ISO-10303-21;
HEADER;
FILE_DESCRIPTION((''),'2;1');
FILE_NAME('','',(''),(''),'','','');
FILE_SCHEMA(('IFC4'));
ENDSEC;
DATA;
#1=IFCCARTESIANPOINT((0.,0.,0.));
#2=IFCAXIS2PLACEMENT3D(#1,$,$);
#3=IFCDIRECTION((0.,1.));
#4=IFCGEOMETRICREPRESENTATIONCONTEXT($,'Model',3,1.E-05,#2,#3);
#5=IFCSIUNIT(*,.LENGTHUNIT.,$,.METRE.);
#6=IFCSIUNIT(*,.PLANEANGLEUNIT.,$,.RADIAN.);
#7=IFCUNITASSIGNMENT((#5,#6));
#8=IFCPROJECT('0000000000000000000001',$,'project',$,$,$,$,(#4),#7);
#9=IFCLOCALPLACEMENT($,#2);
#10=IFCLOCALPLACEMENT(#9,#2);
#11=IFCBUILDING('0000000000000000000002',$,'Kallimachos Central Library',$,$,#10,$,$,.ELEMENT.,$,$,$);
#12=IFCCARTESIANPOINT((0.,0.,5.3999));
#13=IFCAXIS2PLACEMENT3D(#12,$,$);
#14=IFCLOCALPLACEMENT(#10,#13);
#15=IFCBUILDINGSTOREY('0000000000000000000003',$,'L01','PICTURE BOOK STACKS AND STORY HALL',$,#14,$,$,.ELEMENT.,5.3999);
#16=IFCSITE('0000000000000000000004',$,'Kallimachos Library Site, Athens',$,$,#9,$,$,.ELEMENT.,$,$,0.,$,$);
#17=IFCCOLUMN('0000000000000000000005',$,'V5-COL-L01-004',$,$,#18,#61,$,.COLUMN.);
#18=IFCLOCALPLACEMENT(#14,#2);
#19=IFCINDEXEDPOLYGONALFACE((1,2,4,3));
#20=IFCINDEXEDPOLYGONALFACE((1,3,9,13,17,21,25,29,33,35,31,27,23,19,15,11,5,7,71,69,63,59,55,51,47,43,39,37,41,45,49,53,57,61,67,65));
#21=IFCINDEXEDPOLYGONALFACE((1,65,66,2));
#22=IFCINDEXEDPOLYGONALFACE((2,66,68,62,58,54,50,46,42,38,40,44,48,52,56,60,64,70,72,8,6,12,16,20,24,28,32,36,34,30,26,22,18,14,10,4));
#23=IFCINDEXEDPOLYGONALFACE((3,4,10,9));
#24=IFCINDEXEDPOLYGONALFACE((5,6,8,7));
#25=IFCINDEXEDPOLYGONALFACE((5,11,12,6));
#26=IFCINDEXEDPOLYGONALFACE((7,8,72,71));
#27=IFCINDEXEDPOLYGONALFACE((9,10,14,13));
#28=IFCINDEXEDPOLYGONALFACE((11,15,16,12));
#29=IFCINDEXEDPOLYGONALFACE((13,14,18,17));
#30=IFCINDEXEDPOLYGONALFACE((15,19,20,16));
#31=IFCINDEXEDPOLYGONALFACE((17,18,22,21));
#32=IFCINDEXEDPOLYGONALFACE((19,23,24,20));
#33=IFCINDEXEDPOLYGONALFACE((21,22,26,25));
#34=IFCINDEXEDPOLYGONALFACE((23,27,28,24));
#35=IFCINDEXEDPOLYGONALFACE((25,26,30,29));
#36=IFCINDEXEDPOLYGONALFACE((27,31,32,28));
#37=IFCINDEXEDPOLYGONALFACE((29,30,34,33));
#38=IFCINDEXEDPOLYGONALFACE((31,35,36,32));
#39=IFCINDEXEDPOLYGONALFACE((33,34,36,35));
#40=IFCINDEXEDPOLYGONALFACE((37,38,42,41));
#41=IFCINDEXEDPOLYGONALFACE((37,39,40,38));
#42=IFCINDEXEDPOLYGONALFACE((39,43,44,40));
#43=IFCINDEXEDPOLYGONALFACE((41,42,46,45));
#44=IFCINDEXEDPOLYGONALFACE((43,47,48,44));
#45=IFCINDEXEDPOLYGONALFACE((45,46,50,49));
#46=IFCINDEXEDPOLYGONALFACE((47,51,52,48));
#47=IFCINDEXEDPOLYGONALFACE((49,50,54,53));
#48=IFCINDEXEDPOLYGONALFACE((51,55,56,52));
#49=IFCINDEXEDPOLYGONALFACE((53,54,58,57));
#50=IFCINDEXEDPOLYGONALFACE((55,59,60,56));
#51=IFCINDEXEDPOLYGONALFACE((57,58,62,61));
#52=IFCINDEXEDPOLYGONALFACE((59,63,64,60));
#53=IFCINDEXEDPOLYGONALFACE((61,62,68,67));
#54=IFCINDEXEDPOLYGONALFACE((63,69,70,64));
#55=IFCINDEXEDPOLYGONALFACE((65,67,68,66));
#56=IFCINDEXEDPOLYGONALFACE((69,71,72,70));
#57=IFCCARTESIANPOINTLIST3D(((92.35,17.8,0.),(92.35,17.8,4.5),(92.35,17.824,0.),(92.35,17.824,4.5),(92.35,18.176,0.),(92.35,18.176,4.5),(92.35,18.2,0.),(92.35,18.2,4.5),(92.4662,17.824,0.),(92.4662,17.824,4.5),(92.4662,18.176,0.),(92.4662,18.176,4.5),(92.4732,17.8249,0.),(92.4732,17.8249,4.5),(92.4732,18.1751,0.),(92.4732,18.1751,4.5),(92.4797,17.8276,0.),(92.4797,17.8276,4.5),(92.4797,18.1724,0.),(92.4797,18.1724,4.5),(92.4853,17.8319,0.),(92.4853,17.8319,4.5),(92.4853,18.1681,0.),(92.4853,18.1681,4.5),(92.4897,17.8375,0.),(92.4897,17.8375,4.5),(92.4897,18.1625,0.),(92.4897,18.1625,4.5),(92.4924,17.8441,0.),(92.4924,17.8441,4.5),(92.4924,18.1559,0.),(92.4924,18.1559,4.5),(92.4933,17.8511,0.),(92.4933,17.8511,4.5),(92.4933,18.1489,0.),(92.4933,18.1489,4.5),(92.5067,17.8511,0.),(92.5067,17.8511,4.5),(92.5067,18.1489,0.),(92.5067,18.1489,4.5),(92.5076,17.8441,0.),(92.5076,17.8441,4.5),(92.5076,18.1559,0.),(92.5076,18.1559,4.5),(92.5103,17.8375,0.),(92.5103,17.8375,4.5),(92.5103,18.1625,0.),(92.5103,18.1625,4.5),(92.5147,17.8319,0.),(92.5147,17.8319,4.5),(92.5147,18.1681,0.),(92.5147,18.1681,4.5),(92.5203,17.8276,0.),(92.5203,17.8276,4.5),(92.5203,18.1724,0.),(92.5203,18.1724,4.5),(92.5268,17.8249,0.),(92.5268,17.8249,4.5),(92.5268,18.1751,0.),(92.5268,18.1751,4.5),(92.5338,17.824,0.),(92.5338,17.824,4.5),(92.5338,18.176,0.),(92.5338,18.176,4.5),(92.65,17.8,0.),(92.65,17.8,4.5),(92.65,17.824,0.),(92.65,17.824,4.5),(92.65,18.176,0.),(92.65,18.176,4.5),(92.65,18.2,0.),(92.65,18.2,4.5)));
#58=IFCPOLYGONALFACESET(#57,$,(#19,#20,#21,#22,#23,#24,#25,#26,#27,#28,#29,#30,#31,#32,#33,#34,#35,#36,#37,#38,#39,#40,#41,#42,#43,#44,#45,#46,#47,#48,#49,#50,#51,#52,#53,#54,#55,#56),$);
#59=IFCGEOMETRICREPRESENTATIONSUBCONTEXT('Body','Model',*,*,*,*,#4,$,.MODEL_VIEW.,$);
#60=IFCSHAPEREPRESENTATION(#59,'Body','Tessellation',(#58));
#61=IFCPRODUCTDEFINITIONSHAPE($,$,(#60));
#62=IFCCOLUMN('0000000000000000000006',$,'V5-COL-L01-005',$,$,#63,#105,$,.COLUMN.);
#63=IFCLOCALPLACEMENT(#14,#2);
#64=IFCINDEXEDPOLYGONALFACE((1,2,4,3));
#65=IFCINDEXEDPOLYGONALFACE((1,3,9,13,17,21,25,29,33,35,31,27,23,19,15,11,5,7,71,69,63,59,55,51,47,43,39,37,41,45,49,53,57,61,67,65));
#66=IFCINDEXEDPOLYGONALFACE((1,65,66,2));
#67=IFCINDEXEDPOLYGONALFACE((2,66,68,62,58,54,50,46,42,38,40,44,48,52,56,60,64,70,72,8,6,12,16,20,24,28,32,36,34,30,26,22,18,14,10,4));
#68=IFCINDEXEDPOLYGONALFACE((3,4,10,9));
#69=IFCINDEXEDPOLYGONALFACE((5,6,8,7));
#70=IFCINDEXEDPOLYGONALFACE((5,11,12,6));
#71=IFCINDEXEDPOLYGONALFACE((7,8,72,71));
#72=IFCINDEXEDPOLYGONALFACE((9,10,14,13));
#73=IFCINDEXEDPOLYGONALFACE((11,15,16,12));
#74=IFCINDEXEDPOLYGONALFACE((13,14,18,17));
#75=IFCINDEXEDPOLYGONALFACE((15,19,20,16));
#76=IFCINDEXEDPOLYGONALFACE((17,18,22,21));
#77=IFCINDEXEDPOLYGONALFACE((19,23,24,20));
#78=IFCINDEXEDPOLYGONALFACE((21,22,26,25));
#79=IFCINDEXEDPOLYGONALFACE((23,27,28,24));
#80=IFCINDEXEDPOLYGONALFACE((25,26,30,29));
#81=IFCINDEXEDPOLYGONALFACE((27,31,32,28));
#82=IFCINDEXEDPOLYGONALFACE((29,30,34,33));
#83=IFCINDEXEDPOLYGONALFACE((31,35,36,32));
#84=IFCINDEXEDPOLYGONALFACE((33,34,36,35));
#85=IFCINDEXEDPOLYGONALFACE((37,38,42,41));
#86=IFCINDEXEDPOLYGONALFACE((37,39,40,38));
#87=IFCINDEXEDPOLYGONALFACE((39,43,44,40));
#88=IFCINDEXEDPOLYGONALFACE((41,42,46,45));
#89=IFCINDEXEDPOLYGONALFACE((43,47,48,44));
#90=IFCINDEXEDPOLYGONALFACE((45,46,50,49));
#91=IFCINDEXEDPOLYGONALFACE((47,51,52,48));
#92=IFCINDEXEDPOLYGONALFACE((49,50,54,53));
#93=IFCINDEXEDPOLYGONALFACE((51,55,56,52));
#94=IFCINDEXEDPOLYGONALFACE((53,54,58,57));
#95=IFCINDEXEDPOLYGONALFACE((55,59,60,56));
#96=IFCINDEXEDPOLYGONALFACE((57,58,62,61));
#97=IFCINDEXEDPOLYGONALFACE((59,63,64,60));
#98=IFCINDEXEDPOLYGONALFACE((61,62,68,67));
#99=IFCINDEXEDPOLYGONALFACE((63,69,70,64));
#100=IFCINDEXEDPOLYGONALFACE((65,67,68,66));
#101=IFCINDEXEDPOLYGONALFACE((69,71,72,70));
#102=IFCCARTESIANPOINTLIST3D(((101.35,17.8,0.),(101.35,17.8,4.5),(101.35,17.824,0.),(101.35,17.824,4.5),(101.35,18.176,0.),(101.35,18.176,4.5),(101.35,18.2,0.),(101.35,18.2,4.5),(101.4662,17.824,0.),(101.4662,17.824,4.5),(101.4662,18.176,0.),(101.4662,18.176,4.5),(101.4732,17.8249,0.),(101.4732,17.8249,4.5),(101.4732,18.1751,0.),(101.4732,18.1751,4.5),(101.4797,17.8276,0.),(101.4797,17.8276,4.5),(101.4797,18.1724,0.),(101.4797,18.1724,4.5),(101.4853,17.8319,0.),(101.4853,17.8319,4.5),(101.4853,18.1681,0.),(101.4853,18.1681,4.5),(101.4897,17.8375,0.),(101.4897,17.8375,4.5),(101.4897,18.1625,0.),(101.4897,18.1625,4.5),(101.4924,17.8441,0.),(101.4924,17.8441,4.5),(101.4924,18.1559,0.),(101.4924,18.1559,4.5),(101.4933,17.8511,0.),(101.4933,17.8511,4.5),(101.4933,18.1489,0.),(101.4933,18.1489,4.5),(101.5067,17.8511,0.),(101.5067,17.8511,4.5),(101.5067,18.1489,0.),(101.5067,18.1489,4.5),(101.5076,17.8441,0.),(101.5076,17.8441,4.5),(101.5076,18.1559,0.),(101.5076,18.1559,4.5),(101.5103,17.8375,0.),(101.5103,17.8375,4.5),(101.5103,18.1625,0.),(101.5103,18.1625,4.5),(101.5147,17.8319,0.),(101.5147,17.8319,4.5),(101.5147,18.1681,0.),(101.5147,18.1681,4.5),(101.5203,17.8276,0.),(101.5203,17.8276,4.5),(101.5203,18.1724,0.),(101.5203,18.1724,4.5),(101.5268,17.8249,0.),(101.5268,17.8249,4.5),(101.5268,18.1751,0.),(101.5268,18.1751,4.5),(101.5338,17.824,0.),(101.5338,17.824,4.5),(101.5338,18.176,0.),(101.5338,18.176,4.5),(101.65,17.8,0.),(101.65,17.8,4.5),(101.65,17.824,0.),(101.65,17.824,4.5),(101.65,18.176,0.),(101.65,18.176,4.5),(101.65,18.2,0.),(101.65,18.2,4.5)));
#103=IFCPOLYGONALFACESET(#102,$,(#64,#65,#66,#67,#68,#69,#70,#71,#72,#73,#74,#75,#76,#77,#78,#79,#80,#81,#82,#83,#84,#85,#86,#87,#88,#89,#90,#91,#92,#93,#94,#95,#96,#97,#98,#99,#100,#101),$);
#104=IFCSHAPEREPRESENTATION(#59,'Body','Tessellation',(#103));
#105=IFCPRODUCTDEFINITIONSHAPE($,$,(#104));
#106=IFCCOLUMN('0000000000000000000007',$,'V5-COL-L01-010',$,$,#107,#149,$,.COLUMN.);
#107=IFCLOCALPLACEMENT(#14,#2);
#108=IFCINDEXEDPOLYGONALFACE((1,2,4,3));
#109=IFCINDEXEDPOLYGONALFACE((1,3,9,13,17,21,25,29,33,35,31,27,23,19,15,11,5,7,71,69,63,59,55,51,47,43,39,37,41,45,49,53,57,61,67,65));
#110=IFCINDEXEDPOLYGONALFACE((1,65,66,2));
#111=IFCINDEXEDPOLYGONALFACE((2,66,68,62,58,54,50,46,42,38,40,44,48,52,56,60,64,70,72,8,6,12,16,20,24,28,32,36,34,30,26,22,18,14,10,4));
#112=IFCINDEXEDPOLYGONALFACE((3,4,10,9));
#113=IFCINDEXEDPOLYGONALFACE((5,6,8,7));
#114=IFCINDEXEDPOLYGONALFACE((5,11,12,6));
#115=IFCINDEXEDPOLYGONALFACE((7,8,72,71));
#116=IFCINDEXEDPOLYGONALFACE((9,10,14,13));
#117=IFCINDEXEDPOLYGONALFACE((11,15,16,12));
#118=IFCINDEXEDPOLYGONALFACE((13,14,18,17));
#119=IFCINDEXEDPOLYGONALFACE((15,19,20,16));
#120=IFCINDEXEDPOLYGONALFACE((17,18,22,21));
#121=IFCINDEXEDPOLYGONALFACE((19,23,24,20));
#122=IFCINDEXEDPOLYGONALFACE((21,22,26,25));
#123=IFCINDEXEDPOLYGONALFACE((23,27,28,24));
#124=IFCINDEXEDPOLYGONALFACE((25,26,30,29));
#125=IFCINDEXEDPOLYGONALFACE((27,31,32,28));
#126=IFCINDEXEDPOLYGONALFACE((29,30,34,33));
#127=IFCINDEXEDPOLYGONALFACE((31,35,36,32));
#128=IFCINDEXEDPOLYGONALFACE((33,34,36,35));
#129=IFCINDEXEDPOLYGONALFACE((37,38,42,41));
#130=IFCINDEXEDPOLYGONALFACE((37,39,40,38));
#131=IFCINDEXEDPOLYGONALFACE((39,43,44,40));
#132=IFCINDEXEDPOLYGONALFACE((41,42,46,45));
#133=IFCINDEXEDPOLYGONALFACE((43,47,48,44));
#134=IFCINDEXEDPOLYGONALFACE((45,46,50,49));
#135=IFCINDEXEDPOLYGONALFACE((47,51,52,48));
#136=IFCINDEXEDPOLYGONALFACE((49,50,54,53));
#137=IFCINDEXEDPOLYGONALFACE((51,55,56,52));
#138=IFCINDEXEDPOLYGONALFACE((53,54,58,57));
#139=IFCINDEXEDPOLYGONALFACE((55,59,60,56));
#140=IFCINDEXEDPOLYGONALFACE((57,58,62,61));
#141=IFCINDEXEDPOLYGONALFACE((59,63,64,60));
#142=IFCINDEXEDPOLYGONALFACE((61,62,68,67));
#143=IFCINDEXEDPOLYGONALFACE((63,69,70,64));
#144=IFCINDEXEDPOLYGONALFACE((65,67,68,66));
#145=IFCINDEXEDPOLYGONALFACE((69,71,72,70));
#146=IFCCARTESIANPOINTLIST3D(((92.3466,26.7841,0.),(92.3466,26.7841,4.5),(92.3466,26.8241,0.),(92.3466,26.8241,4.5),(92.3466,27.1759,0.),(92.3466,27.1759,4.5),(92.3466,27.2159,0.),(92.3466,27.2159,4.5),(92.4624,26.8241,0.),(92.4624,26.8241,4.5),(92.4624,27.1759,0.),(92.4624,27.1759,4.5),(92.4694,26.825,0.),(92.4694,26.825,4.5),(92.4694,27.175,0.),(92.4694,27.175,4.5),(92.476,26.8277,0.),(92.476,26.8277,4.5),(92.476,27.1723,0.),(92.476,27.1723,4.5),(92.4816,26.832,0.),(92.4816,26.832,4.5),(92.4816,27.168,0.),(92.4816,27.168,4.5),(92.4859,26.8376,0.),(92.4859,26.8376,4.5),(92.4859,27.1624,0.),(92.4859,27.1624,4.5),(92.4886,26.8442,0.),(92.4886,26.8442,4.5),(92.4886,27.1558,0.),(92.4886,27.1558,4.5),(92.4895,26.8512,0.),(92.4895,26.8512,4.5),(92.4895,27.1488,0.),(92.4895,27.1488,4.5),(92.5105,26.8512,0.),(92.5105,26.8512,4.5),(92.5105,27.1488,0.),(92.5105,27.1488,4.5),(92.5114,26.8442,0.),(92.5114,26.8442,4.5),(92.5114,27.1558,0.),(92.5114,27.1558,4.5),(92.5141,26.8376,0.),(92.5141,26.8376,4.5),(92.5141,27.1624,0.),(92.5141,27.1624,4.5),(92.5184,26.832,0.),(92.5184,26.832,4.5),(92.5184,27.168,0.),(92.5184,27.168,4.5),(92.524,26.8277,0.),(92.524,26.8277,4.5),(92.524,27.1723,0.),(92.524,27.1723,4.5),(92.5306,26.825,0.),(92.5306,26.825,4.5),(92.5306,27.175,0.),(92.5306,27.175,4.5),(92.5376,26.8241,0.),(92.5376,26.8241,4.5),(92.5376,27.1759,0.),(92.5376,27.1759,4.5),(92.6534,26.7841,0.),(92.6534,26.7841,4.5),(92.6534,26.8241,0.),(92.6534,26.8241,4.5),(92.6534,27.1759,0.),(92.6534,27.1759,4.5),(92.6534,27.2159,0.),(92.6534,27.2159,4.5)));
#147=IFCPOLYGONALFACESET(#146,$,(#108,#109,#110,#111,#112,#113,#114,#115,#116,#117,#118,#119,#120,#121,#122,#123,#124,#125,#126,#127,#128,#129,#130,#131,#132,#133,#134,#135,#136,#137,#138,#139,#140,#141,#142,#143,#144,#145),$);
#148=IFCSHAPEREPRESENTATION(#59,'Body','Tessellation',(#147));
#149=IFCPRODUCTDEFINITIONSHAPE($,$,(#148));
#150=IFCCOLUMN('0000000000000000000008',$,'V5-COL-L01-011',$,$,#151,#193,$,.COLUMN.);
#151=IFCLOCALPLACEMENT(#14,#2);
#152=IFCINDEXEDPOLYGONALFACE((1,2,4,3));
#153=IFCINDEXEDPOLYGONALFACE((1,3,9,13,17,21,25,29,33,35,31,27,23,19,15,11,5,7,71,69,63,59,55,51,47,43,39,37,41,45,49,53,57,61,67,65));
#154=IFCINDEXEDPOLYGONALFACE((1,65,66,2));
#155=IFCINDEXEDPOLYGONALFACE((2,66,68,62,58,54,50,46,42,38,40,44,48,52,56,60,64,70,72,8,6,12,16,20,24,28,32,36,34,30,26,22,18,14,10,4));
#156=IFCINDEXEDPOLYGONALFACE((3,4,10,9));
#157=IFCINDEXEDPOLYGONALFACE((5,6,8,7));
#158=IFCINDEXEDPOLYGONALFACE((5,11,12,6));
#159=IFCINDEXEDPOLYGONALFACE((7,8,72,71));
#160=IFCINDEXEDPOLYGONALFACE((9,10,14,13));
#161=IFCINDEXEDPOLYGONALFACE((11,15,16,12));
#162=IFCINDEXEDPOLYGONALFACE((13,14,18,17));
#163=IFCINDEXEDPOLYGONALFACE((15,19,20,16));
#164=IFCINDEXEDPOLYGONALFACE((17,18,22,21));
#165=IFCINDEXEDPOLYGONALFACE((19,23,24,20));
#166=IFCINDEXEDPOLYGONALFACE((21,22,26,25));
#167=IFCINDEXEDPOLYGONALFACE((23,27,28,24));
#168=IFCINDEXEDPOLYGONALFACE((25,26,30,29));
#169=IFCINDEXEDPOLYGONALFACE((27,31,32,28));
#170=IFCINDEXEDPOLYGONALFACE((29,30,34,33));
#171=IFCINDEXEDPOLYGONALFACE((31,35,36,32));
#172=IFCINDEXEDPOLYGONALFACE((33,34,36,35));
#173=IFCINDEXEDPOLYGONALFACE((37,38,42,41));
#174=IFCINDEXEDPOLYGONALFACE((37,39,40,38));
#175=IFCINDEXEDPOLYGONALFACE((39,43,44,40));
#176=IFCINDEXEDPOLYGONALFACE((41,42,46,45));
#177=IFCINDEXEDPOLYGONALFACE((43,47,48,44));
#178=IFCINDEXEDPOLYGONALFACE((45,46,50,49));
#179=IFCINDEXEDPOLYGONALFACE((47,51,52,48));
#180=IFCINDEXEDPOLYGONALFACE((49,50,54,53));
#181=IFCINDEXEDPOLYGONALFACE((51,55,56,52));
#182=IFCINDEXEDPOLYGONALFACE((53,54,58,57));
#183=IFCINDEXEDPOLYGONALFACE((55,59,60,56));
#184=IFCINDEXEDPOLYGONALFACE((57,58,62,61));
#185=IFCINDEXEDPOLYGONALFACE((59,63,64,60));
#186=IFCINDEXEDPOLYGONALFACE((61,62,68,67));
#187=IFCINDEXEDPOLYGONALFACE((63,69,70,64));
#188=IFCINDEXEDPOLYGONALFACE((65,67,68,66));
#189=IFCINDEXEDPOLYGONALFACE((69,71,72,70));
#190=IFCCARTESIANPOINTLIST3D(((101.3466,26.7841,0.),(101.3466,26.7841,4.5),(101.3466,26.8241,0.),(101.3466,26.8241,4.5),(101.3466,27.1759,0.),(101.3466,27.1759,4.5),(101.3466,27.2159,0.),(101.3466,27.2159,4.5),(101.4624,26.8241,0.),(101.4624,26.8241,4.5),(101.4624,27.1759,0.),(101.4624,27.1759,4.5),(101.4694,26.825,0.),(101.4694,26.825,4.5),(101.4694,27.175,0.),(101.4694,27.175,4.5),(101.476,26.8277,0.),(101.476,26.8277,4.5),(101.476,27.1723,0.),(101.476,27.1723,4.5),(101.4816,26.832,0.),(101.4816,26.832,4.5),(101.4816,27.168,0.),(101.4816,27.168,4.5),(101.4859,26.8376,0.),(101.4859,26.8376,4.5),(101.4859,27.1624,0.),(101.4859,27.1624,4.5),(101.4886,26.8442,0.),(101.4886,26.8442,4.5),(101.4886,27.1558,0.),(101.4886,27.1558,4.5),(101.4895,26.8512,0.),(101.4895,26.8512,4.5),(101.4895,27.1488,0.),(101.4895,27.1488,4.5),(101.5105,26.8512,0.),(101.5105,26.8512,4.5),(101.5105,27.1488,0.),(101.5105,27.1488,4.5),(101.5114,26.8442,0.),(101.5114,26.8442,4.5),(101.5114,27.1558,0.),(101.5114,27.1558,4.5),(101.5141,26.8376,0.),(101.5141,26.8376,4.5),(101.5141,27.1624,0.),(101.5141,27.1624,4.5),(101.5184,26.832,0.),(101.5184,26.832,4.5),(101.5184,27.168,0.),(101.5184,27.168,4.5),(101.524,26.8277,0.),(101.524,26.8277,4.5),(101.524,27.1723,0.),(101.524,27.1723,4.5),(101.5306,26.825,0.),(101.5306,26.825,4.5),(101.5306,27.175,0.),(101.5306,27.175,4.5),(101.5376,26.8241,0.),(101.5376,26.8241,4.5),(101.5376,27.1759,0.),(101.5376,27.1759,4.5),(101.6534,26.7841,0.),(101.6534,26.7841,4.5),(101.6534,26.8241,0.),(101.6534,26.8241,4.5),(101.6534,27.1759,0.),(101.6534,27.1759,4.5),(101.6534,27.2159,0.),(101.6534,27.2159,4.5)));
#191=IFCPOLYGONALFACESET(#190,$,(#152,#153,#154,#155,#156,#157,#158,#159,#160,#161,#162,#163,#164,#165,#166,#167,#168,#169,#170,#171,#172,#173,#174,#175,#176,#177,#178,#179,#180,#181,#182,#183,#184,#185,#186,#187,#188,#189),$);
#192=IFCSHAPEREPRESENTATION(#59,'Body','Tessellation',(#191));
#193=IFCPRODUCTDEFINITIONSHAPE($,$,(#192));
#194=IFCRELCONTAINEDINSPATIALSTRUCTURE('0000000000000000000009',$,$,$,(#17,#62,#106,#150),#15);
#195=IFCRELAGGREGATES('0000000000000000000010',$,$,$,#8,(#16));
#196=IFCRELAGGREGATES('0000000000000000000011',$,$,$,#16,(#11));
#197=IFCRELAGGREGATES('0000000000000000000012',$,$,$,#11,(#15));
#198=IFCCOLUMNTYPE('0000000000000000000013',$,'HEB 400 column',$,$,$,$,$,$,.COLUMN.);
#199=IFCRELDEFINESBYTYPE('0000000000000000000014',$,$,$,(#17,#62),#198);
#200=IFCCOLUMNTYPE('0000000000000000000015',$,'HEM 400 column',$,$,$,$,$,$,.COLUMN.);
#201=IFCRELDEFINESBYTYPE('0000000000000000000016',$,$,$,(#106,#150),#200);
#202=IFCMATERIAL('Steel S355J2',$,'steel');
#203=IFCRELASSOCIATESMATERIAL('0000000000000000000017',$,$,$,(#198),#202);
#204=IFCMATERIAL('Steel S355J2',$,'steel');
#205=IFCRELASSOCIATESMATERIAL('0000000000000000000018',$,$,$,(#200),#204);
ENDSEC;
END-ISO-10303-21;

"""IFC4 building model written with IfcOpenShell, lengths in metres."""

from ifc_helpers import new_model, si_unit, direction, frame, origin, origin_2d, place, context, subcontext, project, spatial, i_section, extrude, material, material_profile, profile_set, type_object, element, save


model = new_model("IFC4")

# Units and contexts
model_context = context("Model", 3, precision=1e-05, world=origin(), true_north=direction((0.0, 1.0)))
body_context = subcontext(model_context, "Body", "Model", "MODEL_VIEW")
ifc_project = project(units=[si_unit("LENGTHUNIT", "METRE"), si_unit("PLANEANGLEUNIT", "RADIAN")], contexts=[model_context])

# Site, building, storey
site_placement = place(None, origin())
site = spatial("IfcSite", under=ifc_project, at=site_placement, Name="Kallimachos Library Site, Athens", CompositionType="ELEMENT", RefElevation=0.0)
building_placement = place(site_placement, origin())
building = spatial("IfcBuilding", under=site, at=building_placement, Name="Kallimachos Central Library", CompositionType="ELEMENT")
storey_placement = place(building_placement, frame((0.0, 0.0, 5.3999)))
storey = spatial("IfcBuildingStorey", under=building, at=storey_placement, Name="L01", Description="PICTURE BOOK STACKS AND STORY HALL", CompositionType="ELEMENT", Elevation=5.3999)

# Columns
ifc_material_1 = material(Name="Steel S355J2", Category="steel")
ifc_material_profile_1 = material_profile(ifc_material_1, i_section(OverallWidth=0.3, OverallDepth=0.3999, WebThickness=0.0134, FlangeThickness=0.0239, FilletRadius=0.0271, at=origin_2d()), Name="HEB 400")
ifc_profile_set_1 = profile_set([ifc_material_profile_1], Name="Steel S355J2")
column_type_1 = type_object("IfcColumnType", Name="HEB 400 column", PredefinedType="COLUMN", material=ifc_profile_set_1)
for number, where, z_axis, x_axis, name in (
    (1, (92.5, 18.0, 0.0), (0.0, 0.0, 1.0), (1.0, 0.0, 0.0), "V5-COL-L01-004"),
    (2, (101.5, 18.0, 0.0), (0.0, 0.0, 1.0), (1.0, 0.0, 0.0), "V5-COL-L01-005"),
):
    element("IfcColumn", number, at=place(storey_placement, frame(where, z_axis=z_axis, x_axis=x_axis)), inside=storey, type_object=column_type_1, Name=name, PredefinedType="COLUMN", context=body_context, shape_type="SweptSolid", body=[
        extrude(i_section(OverallWidth=0.3, OverallDepth=0.3999, WebThickness=0.0134, FlangeThickness=0.0239, FilletRadius=0.0271, at=origin_2d()), origin(), (0.0, 0.0, 1.0), 4.5),
    ])
ifc_material_2 = material(Name="Steel S355J2", Category="steel")
ifc_material_profile_2 = material_profile(ifc_material_2, i_section(OverallWidth=0.3069, OverallDepth=0.4319, WebThickness=0.021, FlangeThickness=0.04, FilletRadius=0.0271, at=origin_2d()), Name="HEM 400")
ifc_profile_set_2 = profile_set([ifc_material_profile_2], Name="Steel S355J2")
column_type_2 = type_object("IfcColumnType", Name="HEM 400 column", PredefinedType="COLUMN", material=ifc_profile_set_2)
for number, where, z_axis, x_axis, name in (
    (3, (92.5, 27.0, 0.0), (0.0, 0.0, 1.0), (1.0, 0.0, 0.0), "V5-COL-L01-010"),
    (4, (101.5, 27.0, 0.0), (0.0, 0.0, 1.0), (1.0, 0.0, 0.0), "V5-COL-L01-011"),
):
    element("IfcColumn", number, at=place(storey_placement, frame(where, z_axis=z_axis, x_axis=x_axis)), inside=storey, type_object=column_type_2, Name=name, PredefinedType="COLUMN", context=body_context, shape_type="SweptSolid", body=[
        extrude(i_section(OverallWidth=0.3069, OverallDepth=0.4319, WebThickness=0.021, FlangeThickness=0.04, FilletRadius=0.0271, at=origin_2d()), origin(), (0.0, 0.0, 1.0), 4.5),
    ])

save(model, "model.ifc")
